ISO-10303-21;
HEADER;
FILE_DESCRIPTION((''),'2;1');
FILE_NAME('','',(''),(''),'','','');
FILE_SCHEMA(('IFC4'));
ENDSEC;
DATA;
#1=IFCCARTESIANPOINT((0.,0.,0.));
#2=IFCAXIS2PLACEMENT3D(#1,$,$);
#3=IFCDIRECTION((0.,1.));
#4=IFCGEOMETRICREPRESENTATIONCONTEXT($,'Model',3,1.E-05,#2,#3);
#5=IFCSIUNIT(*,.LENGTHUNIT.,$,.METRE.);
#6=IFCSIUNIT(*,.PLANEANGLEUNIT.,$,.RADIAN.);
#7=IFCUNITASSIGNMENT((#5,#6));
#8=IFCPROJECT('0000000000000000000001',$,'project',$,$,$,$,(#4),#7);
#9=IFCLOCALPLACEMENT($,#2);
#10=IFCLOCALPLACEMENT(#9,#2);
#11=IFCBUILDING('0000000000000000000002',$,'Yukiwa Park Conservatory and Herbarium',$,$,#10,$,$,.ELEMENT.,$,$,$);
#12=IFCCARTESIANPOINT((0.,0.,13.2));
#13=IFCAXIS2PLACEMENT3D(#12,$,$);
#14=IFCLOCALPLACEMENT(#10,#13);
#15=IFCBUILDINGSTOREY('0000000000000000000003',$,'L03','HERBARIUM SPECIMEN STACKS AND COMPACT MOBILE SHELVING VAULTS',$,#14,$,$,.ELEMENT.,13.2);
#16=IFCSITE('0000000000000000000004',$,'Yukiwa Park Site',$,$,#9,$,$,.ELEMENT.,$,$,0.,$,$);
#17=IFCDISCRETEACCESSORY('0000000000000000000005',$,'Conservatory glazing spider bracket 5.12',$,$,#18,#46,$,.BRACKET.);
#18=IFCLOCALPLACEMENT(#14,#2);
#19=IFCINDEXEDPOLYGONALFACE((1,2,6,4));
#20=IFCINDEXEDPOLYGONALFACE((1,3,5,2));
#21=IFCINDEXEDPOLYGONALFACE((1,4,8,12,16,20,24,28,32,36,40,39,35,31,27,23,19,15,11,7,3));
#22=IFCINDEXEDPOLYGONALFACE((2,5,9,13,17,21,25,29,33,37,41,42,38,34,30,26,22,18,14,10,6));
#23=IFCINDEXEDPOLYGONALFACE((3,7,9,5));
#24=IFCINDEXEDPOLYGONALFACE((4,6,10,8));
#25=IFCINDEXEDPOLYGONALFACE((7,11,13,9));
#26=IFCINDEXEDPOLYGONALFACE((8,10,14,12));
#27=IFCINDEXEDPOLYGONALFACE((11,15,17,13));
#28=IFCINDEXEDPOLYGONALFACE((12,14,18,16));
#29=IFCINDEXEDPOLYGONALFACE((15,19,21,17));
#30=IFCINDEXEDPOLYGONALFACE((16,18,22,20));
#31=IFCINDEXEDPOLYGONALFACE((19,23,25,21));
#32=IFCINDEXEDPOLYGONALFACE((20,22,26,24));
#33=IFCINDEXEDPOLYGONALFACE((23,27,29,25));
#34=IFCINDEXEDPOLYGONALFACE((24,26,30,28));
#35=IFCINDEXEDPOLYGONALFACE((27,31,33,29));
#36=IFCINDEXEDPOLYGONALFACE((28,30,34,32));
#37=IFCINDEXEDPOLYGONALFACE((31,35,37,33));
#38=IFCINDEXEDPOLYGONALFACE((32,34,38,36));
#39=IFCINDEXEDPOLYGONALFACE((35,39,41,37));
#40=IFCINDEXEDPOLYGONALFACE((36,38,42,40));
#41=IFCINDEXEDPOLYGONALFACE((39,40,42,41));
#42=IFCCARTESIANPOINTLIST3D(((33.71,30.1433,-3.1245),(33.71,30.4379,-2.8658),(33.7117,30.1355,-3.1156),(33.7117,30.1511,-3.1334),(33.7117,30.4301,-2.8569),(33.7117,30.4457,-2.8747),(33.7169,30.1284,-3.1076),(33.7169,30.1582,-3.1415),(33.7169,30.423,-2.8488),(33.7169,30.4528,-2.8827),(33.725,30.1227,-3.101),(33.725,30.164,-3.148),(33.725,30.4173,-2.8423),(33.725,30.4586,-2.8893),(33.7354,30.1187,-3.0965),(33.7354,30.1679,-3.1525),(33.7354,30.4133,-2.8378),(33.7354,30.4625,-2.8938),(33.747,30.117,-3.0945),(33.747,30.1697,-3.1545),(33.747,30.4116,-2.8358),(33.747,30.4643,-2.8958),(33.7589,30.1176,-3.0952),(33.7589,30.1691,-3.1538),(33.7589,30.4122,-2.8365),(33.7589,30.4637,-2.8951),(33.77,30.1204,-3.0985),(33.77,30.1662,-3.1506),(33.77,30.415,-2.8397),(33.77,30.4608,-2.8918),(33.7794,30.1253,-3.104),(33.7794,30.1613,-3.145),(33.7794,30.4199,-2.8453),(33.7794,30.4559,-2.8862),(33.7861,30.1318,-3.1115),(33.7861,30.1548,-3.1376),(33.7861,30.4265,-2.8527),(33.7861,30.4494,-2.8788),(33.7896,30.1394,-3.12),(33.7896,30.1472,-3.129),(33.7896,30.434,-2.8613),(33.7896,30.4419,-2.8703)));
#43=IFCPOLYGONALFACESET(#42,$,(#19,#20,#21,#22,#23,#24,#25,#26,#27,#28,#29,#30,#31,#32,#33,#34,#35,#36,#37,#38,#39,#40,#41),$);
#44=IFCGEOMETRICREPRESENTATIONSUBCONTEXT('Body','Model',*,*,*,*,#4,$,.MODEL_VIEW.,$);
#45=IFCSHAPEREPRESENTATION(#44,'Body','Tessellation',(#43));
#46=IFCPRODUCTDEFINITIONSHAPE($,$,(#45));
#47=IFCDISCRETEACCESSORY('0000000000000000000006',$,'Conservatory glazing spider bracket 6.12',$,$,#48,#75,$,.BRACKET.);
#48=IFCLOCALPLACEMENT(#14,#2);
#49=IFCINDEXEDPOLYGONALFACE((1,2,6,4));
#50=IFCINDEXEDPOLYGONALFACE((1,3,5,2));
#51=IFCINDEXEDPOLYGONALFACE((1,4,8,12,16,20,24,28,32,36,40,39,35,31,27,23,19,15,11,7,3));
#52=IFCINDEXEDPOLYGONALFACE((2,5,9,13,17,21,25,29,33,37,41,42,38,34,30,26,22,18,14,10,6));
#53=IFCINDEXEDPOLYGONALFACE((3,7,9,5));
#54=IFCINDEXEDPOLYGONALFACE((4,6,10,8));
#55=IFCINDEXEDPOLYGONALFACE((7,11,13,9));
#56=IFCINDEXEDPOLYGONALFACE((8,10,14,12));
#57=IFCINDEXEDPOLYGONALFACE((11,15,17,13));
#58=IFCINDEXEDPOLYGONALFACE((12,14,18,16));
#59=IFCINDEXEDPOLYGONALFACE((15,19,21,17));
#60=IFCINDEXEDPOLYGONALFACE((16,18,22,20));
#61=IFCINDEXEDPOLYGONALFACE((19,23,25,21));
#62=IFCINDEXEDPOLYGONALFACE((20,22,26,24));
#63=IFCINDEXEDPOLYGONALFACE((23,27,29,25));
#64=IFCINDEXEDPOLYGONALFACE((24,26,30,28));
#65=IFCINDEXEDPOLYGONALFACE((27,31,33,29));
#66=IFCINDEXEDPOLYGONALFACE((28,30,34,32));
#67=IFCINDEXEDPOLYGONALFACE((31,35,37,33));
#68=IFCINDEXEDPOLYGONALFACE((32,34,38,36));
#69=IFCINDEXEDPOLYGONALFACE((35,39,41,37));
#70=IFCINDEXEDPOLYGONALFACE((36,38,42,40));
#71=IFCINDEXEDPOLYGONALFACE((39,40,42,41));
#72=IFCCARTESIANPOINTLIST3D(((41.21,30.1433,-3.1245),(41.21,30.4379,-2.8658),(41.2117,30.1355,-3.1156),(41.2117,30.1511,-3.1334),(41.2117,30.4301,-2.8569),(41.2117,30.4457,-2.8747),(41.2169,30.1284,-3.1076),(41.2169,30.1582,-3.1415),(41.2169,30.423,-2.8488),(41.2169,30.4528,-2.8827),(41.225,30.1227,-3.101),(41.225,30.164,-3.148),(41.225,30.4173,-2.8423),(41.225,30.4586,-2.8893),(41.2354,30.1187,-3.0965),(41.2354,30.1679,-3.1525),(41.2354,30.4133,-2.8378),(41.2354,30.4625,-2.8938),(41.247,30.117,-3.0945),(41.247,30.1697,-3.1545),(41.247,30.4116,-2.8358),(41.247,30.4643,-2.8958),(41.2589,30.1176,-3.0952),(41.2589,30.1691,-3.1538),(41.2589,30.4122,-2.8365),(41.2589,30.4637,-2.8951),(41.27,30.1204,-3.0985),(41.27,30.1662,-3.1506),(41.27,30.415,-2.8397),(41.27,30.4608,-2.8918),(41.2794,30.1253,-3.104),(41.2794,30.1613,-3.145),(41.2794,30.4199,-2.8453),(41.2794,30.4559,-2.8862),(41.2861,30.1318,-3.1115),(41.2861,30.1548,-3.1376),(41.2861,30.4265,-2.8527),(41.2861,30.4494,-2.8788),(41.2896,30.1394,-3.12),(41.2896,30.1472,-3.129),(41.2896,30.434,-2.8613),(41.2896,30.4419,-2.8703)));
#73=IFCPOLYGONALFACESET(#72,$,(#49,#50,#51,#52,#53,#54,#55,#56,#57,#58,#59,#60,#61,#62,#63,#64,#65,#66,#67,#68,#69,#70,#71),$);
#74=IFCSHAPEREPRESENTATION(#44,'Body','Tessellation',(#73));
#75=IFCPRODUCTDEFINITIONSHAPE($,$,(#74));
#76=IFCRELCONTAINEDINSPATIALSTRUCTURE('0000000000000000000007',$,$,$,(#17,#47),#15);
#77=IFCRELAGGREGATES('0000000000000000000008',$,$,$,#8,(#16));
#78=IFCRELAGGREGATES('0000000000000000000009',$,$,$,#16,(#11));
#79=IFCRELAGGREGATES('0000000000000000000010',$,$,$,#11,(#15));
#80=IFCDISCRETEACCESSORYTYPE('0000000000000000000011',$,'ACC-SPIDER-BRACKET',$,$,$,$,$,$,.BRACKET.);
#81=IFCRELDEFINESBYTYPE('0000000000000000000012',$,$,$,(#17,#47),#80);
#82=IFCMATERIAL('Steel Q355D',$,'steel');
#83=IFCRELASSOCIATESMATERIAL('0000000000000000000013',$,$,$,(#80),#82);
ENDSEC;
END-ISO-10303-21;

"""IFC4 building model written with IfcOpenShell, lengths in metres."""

from ifc_helpers import new_model, si_unit, direction, frame, origin, origin_2d, place, context, subcontext, project, spatial, circle, extrude, material, type_object, element, save


model = new_model("IFC4")

# Units and contexts
model_context = context("Model", 3, precision=1e-05, world=origin(), true_north=direction((0.0, 1.0)))
body_context = subcontext(model_context, "Body", "Model", "MODEL_VIEW")
ifc_project = project(units=[si_unit("LENGTHUNIT", "METRE"), si_unit("PLANEANGLEUNIT", "RADIAN")], contexts=[model_context])

# Site, building, storey
site_placement = place(None, origin())
site = spatial("IfcSite", under=ifc_project, at=site_placement, Name="Yukiwa Park Site", CompositionType="ELEMENT", RefElevation=0.0)
building_placement = place(site_placement, origin())
building = spatial("IfcBuilding", under=site, at=building_placement, Name="Yukiwa Park Conservatory and Herbarium", CompositionType="ELEMENT")
storey_placement = place(building_placement, frame((0.0, 0.0, 13.2)))
storey = spatial("IfcBuildingStorey", under=building, at=storey_placement, Name="L03", Description="HERBARIUM SPECIMEN STACKS AND COMPACT MOBILE SHELVING VAULTS", CompositionType="ELEMENT", Elevation=13.2)

# Discrete accessories
ifc_material_1 = material(Name="Steel Q355D", Category="steel")
discrete_accessory_type = type_object("IfcDiscreteAccessoryType", Name="ACC-SPIDER-BRACKET", PredefinedType="BRACKET", material=ifc_material_1)
for number, where, z_axis, x_axis, name in (
    (1, (33.75, 30.1433, -3.1245), (0.0, 0.75138, 0.65987), (-1.0, 0.0, 0.0), "Conservatory glazing spider bracket 5.12"),
    (2, (41.25, 30.1433, -3.1245), (0.0, 0.75138, 0.65987), (-1.0, 0.0, 0.0), "Conservatory glazing spider bracket 6.12"),
):
    element("IfcDiscreteAccessory", number, at=place(storey_placement, frame(where, z_axis=z_axis, x_axis=x_axis)), inside=storey, type_object=discrete_accessory_type, Name=name, PredefinedType="BRACKET", context=body_context, shape_type="SweptSolid", body=[
        extrude(circle(Radius=0.04, at=origin_2d()), origin(), (0.0, 0.0, 1.0), 0.3921),
    ])

save(model, "model.ifc")
